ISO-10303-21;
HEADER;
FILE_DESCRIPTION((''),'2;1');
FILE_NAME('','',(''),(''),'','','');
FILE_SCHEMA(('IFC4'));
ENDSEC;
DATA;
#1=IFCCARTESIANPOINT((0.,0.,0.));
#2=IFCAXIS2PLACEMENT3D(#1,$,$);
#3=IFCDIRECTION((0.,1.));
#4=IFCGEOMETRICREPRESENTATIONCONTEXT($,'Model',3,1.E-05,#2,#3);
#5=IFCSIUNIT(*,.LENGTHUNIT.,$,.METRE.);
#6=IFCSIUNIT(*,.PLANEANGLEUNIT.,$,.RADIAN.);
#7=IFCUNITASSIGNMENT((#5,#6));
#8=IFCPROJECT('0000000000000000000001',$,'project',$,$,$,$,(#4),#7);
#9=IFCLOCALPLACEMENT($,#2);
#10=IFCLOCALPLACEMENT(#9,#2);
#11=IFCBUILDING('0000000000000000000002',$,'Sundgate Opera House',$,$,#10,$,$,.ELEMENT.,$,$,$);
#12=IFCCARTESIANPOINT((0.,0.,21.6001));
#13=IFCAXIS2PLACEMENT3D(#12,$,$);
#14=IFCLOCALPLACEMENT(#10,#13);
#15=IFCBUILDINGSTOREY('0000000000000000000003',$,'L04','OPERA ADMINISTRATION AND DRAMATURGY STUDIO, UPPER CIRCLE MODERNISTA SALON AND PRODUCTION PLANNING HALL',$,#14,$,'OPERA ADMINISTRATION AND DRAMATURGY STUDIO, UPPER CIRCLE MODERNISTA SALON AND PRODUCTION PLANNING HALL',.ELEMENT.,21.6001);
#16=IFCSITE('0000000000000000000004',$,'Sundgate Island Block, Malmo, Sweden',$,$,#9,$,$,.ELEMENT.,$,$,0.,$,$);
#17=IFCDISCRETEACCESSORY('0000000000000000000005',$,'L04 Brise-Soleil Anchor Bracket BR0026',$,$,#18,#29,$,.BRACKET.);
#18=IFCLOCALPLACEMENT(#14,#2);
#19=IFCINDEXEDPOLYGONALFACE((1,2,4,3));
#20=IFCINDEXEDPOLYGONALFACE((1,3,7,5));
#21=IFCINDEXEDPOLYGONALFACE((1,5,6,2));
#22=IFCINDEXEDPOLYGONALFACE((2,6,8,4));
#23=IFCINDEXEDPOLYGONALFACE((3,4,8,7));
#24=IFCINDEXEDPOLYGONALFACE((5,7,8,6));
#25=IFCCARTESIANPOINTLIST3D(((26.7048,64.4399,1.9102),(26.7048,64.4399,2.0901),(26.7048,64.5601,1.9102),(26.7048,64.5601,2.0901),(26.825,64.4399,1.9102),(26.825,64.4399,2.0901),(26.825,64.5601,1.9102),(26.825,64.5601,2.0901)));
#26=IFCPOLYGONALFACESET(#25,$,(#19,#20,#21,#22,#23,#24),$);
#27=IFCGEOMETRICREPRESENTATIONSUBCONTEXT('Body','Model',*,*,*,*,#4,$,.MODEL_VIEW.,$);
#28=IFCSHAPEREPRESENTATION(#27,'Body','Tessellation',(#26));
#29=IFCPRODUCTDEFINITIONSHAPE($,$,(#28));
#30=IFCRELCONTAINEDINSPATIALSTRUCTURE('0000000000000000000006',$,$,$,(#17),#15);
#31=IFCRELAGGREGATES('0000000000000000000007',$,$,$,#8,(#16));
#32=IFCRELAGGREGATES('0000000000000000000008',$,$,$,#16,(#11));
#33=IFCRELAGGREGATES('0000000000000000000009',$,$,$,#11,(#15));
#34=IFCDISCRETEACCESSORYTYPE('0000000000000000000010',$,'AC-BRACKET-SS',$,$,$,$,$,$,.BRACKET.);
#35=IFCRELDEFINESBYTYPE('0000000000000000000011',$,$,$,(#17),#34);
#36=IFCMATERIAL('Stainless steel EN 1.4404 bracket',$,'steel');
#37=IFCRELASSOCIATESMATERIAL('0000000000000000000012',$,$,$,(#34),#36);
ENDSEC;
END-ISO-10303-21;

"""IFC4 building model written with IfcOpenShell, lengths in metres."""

from ifc_helpers import new_model, si_unit, direction, frame, origin, origin_2d, place, context, subcontext, project, spatial, rectangle, extrude, material, type_object, element, save


model = new_model("IFC4")

# Units and contexts
model_context = context("Model", 3, precision=1e-05, world=origin(), true_north=direction((0.0, 1.0)))
body_context = subcontext(model_context, "Body", "Model", "MODEL_VIEW")
ifc_project = project(units=[si_unit("LENGTHUNIT", "METRE"), si_unit("PLANEANGLEUNIT", "RADIAN")], contexts=[model_context])

# Site, building, storey
site_placement = place(None, origin())
site = spatial("IfcSite", under=ifc_project, at=site_placement, Name="Sundgate Island Block, Malmo, Sweden", CompositionType="ELEMENT", RefElevation=0.0)
building_placement = place(site_placement, origin())
building = spatial("IfcBuilding", under=site, at=building_placement, Name="Sundgate Opera House", CompositionType="ELEMENT")
storey_placement = place(building_placement, frame((0.0, 0.0, 21.6001)))
storey = spatial("IfcBuildingStorey", under=building, at=storey_placement, Name="L04", Description="OPERA ADMINISTRATION AND DRAMATURGY STUDIO, UPPER CIRCLE MODERNISTA SALON AND PRODUCTION PLANNING HALL", LongName="OPERA ADMINISTRATION AND DRAMATURGY STUDIO, UPPER CIRCLE MODERNISTA SALON AND PRODUCTION PLANNING HALL", CompositionType="ELEMENT", Elevation=21.6001)

# Discrete accessory
ifc_material_1 = material(Name="Stainless steel EN 1.4404 bracket", Category="steel")
discrete_accessory_type = type_object("IfcDiscreteAccessoryType", Name="AC-BRACKET-SS", PredefinedType="BRACKET", material=ifc_material_1)
discrete_accessory_placement = place(storey_placement, frame((26.7649, 64.5, 1.9102), z_axis=(0.0, 0.0, 1.0), x_axis=(1.0, 0.0, 0.0)))
element("IfcDiscreteAccessory", 1, at=discrete_accessory_placement, inside=storey, type_object=discrete_accessory_type, Name="L04 Brise-Soleil Anchor Bracket BR0026", PredefinedType="BRACKET", context=body_context, shape_type="SweptSolid", body=[
    extrude(rectangle(XDim=0.1201, YDim=0.1201, at=origin_2d()), origin(), (0.0, 0.0, 1.0), 0.1799),
])

save(model, "model.ifc")
